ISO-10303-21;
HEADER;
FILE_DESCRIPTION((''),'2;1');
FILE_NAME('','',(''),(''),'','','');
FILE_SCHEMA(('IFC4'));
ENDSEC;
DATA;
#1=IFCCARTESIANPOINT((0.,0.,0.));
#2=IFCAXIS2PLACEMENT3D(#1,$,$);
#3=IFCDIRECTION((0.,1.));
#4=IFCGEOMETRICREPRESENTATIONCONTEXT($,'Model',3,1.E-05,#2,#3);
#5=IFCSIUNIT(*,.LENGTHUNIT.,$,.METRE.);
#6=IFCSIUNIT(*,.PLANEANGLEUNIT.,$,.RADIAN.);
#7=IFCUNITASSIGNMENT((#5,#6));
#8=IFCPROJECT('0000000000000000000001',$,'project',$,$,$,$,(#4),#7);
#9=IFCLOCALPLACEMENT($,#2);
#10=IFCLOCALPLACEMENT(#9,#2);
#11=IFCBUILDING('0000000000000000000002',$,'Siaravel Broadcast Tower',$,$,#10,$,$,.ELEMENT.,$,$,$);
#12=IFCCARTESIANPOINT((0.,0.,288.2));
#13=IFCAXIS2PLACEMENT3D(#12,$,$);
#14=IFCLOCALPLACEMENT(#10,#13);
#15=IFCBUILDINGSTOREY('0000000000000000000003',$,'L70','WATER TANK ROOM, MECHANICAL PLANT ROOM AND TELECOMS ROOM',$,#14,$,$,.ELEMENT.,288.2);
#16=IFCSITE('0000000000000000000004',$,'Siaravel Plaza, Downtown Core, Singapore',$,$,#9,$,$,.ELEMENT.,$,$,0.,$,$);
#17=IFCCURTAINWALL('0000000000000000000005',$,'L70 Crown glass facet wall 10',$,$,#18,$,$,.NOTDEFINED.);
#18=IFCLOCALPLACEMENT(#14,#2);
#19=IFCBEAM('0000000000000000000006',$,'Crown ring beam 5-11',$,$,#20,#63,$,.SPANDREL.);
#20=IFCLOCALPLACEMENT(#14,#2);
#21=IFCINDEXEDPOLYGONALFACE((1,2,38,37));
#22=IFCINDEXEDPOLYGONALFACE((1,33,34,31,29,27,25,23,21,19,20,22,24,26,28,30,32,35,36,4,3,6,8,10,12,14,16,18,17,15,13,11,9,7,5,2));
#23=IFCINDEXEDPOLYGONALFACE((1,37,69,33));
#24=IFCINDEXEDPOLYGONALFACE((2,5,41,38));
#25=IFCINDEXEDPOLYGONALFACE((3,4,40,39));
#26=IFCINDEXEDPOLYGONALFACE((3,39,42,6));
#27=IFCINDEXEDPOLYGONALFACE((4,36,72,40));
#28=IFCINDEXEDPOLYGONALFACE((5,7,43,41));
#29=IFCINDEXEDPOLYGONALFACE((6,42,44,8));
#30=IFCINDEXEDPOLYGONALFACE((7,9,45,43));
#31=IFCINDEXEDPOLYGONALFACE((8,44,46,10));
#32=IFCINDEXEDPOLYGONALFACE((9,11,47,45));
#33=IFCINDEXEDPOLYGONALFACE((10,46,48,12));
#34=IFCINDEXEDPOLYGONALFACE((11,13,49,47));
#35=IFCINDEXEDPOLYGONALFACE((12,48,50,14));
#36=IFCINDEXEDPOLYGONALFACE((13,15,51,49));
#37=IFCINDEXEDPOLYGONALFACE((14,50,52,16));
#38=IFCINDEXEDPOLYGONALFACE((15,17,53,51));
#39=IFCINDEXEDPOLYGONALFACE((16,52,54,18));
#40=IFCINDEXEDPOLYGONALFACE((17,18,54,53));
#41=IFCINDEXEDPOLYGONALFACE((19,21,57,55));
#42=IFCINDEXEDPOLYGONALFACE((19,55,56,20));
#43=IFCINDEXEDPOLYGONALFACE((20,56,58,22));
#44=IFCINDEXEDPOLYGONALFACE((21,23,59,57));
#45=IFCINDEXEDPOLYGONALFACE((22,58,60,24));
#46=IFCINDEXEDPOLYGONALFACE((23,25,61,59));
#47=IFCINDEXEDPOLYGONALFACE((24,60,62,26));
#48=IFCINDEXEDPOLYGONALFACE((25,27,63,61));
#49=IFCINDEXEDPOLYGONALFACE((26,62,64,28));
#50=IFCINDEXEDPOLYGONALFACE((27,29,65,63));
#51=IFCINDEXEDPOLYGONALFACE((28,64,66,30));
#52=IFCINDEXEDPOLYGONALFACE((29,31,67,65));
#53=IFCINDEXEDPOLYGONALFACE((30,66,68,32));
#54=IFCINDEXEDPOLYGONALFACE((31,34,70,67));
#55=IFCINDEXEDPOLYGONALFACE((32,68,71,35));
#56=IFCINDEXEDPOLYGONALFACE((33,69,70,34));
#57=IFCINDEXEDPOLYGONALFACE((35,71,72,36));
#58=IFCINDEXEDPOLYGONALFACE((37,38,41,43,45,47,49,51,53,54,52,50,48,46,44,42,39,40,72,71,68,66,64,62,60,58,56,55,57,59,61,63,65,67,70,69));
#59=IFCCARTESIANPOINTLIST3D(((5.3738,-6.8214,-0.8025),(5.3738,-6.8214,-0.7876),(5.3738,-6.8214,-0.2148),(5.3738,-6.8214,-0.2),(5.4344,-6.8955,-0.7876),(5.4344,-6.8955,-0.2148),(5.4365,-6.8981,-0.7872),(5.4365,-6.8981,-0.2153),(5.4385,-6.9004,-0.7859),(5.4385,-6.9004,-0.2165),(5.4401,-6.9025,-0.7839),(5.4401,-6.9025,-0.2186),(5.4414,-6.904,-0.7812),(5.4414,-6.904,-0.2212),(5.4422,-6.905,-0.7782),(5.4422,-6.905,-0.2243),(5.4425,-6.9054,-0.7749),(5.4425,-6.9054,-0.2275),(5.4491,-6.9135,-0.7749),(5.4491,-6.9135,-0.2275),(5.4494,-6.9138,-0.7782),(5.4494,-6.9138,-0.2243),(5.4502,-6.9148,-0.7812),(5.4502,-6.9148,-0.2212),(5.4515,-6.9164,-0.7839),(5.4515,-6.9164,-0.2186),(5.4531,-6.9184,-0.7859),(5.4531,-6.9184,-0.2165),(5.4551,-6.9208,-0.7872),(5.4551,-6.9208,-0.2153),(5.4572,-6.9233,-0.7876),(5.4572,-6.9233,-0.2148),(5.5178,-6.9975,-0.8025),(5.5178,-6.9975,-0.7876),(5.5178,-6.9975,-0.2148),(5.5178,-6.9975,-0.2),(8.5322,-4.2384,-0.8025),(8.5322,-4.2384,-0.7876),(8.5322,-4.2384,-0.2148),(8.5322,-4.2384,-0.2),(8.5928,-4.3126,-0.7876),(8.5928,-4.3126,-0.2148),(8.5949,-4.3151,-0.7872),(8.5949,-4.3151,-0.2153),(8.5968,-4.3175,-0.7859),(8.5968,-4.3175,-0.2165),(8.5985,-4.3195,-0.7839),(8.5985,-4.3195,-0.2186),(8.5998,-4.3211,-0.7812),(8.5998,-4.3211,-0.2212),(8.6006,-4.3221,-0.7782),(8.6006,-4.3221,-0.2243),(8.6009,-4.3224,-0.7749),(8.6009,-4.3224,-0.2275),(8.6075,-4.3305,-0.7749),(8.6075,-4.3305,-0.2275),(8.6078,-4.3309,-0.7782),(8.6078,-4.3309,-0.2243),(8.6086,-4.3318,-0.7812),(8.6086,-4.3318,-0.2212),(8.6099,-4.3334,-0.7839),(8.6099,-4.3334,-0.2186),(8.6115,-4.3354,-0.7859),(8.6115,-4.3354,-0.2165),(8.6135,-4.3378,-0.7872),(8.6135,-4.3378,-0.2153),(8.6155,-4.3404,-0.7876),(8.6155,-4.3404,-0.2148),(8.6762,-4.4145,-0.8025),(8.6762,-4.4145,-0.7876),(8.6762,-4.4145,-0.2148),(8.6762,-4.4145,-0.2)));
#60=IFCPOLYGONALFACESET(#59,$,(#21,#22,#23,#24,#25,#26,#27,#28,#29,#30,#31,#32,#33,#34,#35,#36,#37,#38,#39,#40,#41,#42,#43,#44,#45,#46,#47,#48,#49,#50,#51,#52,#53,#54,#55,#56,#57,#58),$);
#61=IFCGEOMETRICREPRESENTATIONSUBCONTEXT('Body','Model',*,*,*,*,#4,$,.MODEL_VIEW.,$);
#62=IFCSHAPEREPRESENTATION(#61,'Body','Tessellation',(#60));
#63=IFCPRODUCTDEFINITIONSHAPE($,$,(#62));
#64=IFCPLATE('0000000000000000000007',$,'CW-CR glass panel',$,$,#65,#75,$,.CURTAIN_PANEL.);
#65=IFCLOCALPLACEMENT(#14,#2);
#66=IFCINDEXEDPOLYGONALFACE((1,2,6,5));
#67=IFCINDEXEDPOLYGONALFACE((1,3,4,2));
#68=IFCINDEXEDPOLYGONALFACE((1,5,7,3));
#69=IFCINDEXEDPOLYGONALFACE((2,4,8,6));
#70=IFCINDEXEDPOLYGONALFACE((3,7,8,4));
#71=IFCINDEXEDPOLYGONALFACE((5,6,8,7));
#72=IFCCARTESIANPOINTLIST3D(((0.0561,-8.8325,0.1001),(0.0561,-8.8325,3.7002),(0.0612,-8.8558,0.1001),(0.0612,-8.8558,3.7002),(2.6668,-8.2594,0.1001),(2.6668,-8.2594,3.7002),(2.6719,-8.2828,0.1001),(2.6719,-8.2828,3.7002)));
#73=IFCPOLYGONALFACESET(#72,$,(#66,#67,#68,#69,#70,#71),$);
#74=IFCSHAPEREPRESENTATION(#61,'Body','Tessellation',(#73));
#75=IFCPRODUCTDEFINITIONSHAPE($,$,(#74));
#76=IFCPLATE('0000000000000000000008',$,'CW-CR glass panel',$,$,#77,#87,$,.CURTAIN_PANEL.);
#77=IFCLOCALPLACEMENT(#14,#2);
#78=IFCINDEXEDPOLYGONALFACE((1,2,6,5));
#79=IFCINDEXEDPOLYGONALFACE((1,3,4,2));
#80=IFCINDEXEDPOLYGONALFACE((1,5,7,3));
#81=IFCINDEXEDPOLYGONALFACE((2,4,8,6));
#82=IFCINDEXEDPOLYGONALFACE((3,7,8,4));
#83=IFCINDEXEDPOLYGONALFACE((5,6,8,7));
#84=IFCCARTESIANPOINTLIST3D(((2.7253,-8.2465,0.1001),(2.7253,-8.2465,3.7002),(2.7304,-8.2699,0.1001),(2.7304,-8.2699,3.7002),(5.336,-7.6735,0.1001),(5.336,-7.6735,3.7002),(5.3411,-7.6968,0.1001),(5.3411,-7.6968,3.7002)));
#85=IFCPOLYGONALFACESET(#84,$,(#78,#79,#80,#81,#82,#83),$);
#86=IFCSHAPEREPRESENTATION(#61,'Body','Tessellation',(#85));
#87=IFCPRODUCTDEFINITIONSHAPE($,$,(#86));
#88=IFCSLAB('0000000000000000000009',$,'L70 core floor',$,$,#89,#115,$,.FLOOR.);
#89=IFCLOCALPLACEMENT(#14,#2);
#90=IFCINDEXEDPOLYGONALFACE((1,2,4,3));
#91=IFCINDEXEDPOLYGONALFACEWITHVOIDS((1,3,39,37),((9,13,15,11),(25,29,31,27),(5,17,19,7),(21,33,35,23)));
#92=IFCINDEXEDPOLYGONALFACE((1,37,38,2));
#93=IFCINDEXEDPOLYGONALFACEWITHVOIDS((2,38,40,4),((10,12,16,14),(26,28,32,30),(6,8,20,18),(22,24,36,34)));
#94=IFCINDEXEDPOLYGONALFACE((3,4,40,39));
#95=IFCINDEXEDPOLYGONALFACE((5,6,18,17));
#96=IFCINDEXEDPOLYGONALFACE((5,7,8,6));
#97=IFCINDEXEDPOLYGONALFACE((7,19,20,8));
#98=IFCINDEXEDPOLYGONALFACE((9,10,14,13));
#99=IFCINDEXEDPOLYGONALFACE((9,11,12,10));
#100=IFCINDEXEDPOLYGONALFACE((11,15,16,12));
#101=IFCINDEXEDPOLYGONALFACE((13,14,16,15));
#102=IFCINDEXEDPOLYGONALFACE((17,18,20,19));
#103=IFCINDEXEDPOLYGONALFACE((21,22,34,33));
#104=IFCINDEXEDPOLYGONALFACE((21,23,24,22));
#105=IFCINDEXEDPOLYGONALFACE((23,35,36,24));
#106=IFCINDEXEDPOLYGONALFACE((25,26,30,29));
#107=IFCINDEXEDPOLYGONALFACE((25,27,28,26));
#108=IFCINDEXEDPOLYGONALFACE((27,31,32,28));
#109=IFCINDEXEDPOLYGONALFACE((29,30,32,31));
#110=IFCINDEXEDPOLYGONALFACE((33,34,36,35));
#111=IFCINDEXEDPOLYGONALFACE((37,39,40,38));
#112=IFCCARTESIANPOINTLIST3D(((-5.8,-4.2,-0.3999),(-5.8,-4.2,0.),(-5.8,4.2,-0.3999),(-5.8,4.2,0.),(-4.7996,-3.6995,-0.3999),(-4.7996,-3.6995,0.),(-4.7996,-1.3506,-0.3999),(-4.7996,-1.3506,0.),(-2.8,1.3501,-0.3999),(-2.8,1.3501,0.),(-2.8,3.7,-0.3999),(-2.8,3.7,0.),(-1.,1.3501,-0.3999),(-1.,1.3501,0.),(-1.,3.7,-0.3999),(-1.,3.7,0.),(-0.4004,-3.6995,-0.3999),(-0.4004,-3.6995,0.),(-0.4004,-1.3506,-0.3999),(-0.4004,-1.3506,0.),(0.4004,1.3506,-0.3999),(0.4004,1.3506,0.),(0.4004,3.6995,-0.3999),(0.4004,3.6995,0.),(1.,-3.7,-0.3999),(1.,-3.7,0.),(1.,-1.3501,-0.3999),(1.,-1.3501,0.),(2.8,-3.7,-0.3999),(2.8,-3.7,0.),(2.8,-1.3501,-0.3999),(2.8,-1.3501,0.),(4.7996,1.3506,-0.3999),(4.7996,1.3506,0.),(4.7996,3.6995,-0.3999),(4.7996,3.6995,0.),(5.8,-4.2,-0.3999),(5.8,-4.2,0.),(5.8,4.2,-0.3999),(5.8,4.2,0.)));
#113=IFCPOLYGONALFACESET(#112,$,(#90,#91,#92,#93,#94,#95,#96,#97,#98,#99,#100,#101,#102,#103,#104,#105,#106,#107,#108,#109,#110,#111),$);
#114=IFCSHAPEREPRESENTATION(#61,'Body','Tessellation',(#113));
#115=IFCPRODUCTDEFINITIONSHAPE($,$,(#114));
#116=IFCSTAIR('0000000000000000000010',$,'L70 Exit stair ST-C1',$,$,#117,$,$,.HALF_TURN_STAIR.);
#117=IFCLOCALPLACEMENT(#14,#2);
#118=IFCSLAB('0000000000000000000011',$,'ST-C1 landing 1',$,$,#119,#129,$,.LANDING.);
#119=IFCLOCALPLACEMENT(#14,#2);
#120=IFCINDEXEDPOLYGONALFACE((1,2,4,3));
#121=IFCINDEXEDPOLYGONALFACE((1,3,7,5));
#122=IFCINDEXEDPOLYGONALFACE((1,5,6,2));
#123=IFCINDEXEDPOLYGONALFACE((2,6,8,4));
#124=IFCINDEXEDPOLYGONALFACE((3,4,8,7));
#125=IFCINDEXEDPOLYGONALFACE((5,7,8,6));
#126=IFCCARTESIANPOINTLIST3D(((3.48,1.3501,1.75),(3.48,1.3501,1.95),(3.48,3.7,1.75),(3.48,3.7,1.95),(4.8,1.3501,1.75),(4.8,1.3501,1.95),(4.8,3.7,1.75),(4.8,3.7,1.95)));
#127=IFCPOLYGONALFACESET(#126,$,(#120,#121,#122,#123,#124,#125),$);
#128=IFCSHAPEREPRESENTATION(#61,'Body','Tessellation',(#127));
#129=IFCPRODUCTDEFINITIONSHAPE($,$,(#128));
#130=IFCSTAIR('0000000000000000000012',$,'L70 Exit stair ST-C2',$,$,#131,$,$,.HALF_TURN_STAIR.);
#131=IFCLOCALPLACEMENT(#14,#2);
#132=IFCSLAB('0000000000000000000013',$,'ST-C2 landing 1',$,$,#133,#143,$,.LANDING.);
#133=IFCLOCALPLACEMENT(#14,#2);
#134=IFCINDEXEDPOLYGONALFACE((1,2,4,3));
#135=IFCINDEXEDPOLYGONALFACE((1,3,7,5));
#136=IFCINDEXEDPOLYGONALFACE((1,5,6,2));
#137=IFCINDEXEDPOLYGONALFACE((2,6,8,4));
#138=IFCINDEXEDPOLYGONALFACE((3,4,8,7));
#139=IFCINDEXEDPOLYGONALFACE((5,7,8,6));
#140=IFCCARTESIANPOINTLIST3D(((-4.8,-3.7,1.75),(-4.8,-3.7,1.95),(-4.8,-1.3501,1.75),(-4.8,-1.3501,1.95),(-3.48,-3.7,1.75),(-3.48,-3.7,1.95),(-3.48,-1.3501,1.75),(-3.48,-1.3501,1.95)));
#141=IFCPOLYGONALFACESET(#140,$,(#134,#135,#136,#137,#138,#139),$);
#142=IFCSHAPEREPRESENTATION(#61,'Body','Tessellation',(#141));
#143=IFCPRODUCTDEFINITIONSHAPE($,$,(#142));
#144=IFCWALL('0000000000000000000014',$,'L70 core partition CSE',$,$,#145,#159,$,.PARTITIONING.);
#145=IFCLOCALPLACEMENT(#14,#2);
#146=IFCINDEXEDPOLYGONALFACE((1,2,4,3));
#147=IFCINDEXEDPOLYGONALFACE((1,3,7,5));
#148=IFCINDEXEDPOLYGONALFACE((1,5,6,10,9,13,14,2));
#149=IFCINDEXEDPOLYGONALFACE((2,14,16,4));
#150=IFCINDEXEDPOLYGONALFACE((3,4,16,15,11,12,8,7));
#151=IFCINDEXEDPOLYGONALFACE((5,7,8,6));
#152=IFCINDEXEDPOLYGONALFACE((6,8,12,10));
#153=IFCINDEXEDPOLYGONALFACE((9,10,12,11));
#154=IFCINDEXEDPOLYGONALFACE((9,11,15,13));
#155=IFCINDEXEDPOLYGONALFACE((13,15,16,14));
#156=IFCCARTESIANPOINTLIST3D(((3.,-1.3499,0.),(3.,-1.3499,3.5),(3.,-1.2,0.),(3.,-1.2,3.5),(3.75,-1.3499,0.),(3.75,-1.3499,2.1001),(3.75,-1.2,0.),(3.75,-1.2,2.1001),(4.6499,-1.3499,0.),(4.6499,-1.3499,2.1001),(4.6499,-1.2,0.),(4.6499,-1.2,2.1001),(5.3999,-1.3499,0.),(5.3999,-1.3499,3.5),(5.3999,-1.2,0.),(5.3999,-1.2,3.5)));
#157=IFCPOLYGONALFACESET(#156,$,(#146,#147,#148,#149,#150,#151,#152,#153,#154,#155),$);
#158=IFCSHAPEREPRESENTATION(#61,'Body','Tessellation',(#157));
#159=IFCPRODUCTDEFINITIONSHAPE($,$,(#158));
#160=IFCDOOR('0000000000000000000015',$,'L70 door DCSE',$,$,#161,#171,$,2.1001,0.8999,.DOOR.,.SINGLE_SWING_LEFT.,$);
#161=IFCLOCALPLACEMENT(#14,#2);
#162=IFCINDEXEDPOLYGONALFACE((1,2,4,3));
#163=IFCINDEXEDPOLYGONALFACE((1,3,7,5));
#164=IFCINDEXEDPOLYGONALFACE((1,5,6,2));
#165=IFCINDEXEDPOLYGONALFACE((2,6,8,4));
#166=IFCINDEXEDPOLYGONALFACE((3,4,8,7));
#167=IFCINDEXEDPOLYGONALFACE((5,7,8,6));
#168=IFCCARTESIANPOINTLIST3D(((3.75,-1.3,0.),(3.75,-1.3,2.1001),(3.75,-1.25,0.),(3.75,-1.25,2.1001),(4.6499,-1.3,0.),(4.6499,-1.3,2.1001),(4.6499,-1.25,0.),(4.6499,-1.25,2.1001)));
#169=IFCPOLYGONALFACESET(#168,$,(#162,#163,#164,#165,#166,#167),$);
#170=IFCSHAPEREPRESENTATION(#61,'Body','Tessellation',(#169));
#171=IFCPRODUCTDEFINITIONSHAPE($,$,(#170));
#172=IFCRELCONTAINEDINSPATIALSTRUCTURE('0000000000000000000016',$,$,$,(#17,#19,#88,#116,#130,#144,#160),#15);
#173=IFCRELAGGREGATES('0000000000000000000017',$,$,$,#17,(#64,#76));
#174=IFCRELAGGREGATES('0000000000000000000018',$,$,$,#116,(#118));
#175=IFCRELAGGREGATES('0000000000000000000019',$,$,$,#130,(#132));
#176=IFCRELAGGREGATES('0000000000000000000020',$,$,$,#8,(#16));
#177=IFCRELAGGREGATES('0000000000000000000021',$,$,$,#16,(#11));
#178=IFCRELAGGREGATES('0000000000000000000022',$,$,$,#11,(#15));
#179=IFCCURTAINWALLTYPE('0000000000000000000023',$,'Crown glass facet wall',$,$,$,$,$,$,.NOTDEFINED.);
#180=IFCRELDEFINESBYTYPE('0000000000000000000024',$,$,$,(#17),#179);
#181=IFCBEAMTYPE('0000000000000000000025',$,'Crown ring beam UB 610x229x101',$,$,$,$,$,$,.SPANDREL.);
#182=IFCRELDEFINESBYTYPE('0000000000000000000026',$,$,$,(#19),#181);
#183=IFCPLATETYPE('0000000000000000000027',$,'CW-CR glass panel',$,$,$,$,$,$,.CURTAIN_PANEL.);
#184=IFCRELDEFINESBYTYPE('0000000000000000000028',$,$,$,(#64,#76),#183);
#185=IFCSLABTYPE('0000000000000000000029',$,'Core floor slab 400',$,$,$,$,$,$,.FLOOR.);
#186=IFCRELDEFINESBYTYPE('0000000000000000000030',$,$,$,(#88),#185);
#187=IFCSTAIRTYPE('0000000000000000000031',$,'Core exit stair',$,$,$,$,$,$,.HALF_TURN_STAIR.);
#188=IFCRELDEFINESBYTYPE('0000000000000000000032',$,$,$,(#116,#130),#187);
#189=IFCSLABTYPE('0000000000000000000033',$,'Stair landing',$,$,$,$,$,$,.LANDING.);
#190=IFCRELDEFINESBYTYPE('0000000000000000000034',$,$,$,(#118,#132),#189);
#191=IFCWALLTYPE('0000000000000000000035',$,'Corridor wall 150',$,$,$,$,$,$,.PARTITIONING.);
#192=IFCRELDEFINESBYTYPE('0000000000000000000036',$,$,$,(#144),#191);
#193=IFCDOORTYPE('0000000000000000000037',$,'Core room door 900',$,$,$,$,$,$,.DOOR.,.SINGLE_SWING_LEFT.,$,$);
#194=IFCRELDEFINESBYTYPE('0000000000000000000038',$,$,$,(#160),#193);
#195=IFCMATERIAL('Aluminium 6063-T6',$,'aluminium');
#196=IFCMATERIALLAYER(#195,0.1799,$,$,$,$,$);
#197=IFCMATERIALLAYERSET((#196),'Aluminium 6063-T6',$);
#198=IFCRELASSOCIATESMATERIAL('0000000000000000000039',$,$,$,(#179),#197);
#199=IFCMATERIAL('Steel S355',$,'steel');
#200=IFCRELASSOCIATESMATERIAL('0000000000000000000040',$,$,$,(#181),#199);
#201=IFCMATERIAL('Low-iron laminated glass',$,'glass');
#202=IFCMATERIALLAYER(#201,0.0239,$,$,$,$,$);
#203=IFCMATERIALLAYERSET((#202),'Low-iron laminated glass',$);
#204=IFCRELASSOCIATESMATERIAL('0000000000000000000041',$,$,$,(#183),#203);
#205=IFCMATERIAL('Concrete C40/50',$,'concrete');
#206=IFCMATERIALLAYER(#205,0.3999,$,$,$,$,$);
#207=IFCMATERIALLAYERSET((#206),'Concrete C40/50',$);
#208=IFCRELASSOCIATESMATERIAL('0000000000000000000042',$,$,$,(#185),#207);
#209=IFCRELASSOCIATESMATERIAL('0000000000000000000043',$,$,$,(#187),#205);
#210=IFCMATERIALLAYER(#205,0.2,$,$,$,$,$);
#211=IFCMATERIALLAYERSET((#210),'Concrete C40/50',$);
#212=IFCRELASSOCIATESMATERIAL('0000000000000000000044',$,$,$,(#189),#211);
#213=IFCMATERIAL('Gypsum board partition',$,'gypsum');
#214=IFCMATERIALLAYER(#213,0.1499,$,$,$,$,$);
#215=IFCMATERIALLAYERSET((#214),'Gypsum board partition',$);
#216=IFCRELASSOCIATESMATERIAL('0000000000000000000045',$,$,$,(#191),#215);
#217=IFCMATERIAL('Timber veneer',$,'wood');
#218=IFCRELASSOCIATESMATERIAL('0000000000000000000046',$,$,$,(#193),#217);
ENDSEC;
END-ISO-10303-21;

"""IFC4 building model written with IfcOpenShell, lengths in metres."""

from ifc_helpers import new_model, si_unit, direction, frame, frame_2d, origin, origin_2d, place, context, subcontext, project, spatial, polyline, rectangle, i_section, outline, extrude, material, layer, layer_set, material_profile, profile_set, type_object, element, fill, aggregate, save


model = new_model("IFC4")

# Units and contexts
model_context = context("Model", 3, precision=1e-05, world=origin(), true_north=direction((0.0, 1.0)))
body_context = subcontext(model_context, "Body", "Model", "MODEL_VIEW")
ifc_project = project(units=[si_unit("LENGTHUNIT", "METRE"), si_unit("PLANEANGLEUNIT", "RADIAN")], contexts=[model_context])

# Site, building, storey
site_placement = place(None, origin())
site = spatial("IfcSite", under=ifc_project, at=site_placement, Name="Siaravel Plaza, Downtown Core, Singapore", CompositionType="ELEMENT", RefElevation=0.0)
building_placement = place(site_placement, origin())
building = spatial("IfcBuilding", under=site, at=building_placement, Name="Siaravel Broadcast Tower", CompositionType="ELEMENT")
storey_placement = place(building_placement, frame((0.0, 0.0, 288.2)))
storey = spatial("IfcBuildingStorey", under=building, at=storey_placement, Name="L70", Description="WATER TANK ROOM, MECHANICAL PLANT ROOM AND TELECOMS ROOM", CompositionType="ELEMENT", Elevation=288.2)

# Curtain wall
ifc_material_1 = material(Name="Aluminium 6063-T6", Category="aluminium")
ifc_layer_1 = layer(ifc_material_1, 0.1799)
ifc_layer_set_1 = layer_set([ifc_layer_1], Name="Aluminium 6063-T6")
curtain_wall_type = type_object("IfcCurtainWallType", Name="Crown glass facet wall", PredefinedType="NOTDEFINED", material=ifc_layer_set_1)
curtain_wall_1_placement = place(storey_placement, origin())
curtain_wall_1 = element("IfcCurtainWall", 1, at=curtain_wall_1_placement, inside=storey, type_object=curtain_wall_type, Name="L70 Crown glass facet wall 10", PredefinedType="NOTDEFINED")

# Beam
ifc_material_2 = material(Name="Steel S355", Category="steel")
ifc_material_profile_1 = material_profile(ifc_material_2, i_section(OverallWidth=0.2275, OverallDepth=0.6025, WebThickness=0.0105, FlangeThickness=0.0149, FilletRadius=0.0127, at=origin_2d()))
ifc_profile_set_1 = profile_set([ifc_material_profile_1], Name="Steel S355")
beam_type_1 = type_object("IfcBeamType", Name="Crown ring beam UB 610x229x101", PredefinedType="SPANDREL", material=ifc_profile_set_1)
beam_1_placement = place(storey_placement, frame((5.4458, -6.9094, -0.5012), z_axis=(0.774099, 0.633065, 0.0), x_axis=(-0.633065, 0.774099, 0.0)))
element("IfcBeam", 2, at=beam_1_placement, inside=storey, type_object=beam_type_1, Name="Crown ring beam 5-11", PredefinedType="SPANDREL", context=body_context, shape_type="SweptSolid", body=[
    extrude(i_section(OverallWidth=0.2275, OverallDepth=0.6025, WebThickness=0.0105, FlangeThickness=0.0149, FilletRadius=0.0127, at=origin_2d()), origin(), (0.0, 0.0, 1.0), 4.0801),
])

# Plates
ifc_material_3 = material(Name="Low-iron laminated glass", Category="glass")
ifc_layer_2 = layer(ifc_material_3, 0.0239)
ifc_layer_set_2 = layer_set([ifc_layer_2], Name="Low-iron laminated glass")
plate_type = type_object("IfcPlateType", Name="CW-CR glass panel", PredefinedType="CURTAIN_PANEL", material=ifc_layer_set_2)
plate_1_placement = place(storey_placement, frame((1.364, -8.5576, 0.1001), z_axis=(0.0, 0.0, 1.0), x_axis=(0.976747, 0.214396, 0.0)))
plate_1 = element("IfcPlate", 3, at=plate_1_placement, type_object=plate_type, Name="CW-CR glass panel", PredefinedType="CURTAIN_PANEL", context=body_context, shape_type="SweptSolid", body=[
    extrude(rectangle(XDim=2.6729, YDim=0.0239, at=origin_2d()), origin(), (0.0, 0.0, 1.0), 3.6001),
])
plate_2_placement = place(storey_placement, frame((4.0332, -7.9717, 0.1001), z_axis=(0.0, 0.0, 1.0), x_axis=(0.976747, 0.214396, 0.0)))
plate_2 = element("IfcPlate", 4, at=plate_2_placement, type_object=plate_type, Name="CW-CR glass panel", PredefinedType="CURTAIN_PANEL", context=body_context, shape_type="SweptSolid", body=[
    extrude(rectangle(XDim=2.6729, YDim=0.0239, at=origin_2d()), origin(), (0.0, 0.0, 1.0), 3.6001),
])
aggregate(curtain_wall_1, [plate_1, plate_2])

# Slab
ifc_material_4 = material(Name="Concrete C40/50", Category="concrete")
ifc_layer_3 = layer(ifc_material_4, 0.3999)
ifc_layer_set_3 = layer_set([ifc_layer_3], Name="Concrete C40/50")
slab_type_1 = type_object("IfcSlabType", Name="Core floor slab 400", PredefinedType="FLOOR", material=ifc_layer_set_3)
slab_1_placement = place(storey_placement, frame((0.0, 0.0, -0.3999)))
element("IfcSlab", 5, at=slab_1_placement, inside=storey, type_object=slab_type_1, Name="L70 core floor", PredefinedType="FLOOR", context=body_context, shape_type="SweptSolid", body=[
    extrude(outline(polyline([(-5.8, -4.2), (-5.8, 4.2), (5.8, 4.2), (5.8, -4.2), (-5.8, -4.2)]), holes=[polyline([(0.4004, 3.6995), (0.4004, 1.3506), (4.7996, 1.3506), (4.7996, 3.6995), (0.4004, 3.6995)]), polyline([(1.0, -3.7), (2.8, -3.7), (2.8, -1.3501), (1.0, -1.3501), (1.0, -3.7)]), polyline([(-0.4004, -3.6995), (-0.4004, -1.3506), (-4.7996, -1.3506), (-4.7996, -3.6995), (-0.4004, -3.6995)]), polyline([(-2.8, 1.3501), (-1.0, 1.3501), (-1.0, 3.7), (-2.8, 3.7), (-2.8, 1.3501)])]), origin(), (0.0, 0.0, 1.0), 0.3999),
])

# Stairs, slabs
stair_type = type_object("IfcStairType", Name="Core exit stair", PredefinedType="HALF_TURN_STAIR", material=ifc_material_4)
stair_1_placement = place(storey_placement, origin())
stair_1 = element("IfcStair", 6, at=stair_1_placement, inside=storey, type_object=stair_type, Name="L70 Exit stair ST-C1", PredefinedType="HALF_TURN_STAIR")
ifc_layer_4 = layer(ifc_material_4, 0.2)
ifc_layer_set_4 = layer_set([ifc_layer_4], Name="Concrete C40/50")
slab_type_2 = type_object("IfcSlabType", Name="Stair landing", PredefinedType="LANDING", material=ifc_layer_set_4)
slab_2_placement = place(storey_placement, frame((0.0, 0.0, 1.75)))
slab_2 = element("IfcSlab", 7, at=slab_2_placement, type_object=slab_type_2, Name="ST-C1 landing 1", PredefinedType="LANDING", context=body_context, shape_type="SweptSolid", body=[
    extrude(outline(polyline([(3.48, 1.3501), (4.8, 1.3501), (4.8, 3.7), (3.48, 3.7), (3.48, 1.3501)])), origin(), (0.0, 0.0, 1.0), 0.2),
])
aggregate(stair_1, [slab_2])
stair_2_placement = place(storey_placement, origin())
stair_2 = element("IfcStair", 8, at=stair_2_placement, inside=storey, type_object=stair_type, Name="L70 Exit stair ST-C2", PredefinedType="HALF_TURN_STAIR")
slab_3_placement = place(storey_placement, frame((0.0, 0.0, 1.75)))
slab_3 = element("IfcSlab", 9, at=slab_3_placement, type_object=slab_type_2, Name="ST-C2 landing 1", PredefinedType="LANDING", context=body_context, shape_type="SweptSolid", body=[
    extrude(outline(polyline([(-3.48, -1.3501), (-4.8, -1.3501), (-4.8, -3.7), (-3.48, -3.7), (-3.48, -1.3501)])), origin(), (0.0, 0.0, 1.0), 0.2),
])
aggregate(stair_2, [slab_3])

# Wall, opening, door
ifc_material_5 = material(Name="Gypsum board partition", Category="gypsum")
ifc_layer_5 = layer(ifc_material_5, 0.1499)
ifc_layer_set_5 = layer_set([ifc_layer_5], Name="Gypsum board partition")
wall_type_1 = type_object("IfcWallType", Name="Corridor wall 150", PredefinedType="PARTITIONING", material=ifc_layer_set_5)
wall_1_placement = place(storey_placement, frame((3.0, -1.2749, 0.0), z_axis=(0.0, 0.0, 1.0), x_axis=(1.0, 0.0, 0.0)))
wall_1 = element("IfcWall", 10, at=wall_1_placement, inside=storey, type_object=wall_type_1, Name="L70 core partition CSE", PredefinedType="PARTITIONING", context=body_context, shape_type="SweptSolid", body=[
    extrude(rectangle(XDim=2.3999, YDim=0.1499, at=frame_2d((1.2, 0.0))), origin(), (0.0, 0.0, 1.0), 3.5),
])
opening_1_placement = place(wall_1_placement, frame((0.75, 0.0, 0.0)))
opening_1 = element("IfcOpeningElement", 11, at=opening_1_placement, cuts=wall_1, PredefinedType="OPENING", context=body_context, shape_type="SweptSolid", body=[
    extrude(rectangle(XDim=0.8999, YDim=2.1001, at=frame_2d((0.45, 1.05))), frame((0.0, 0.085, 0.0), z_axis=(0.0, -1.0, 0.0), x_axis=(1.0, 0.0, 0.0)), (0.0, 0.0, 1.0), 0.1699),
])
ifc_material_6 = material(Name="Timber veneer", Category="wood")
door_type_1 = type_object("IfcDoorType", Name="Core room door 900", OperationType="SINGLE_SWING_LEFT", PredefinedType="DOOR", material=ifc_material_6)
door_1_placement = place(opening_1_placement, origin())
door_1 = element("IfcDoor", 12, at=door_1_placement, inside=storey, type_object=door_type_1, Name="L70 door DCSE", OperationType="SINGLE_SWING_LEFT", OverallHeight=2.1001, OverallWidth=0.8999, PredefinedType="DOOR", context=body_context, shape_type="SweptSolid", body=[
    extrude(rectangle(XDim=0.8999, YDim=2.1001, at=frame_2d((0.45, 1.05))), frame((0.0, 0.0249, 0.0), z_axis=(0.0, -1.0, 0.0), x_axis=(1.0, 0.0, 0.0)), (0.0, 0.0, 1.0), 0.05),
])
fill(opening_1, door_1)

save(model, "model.ifc")
